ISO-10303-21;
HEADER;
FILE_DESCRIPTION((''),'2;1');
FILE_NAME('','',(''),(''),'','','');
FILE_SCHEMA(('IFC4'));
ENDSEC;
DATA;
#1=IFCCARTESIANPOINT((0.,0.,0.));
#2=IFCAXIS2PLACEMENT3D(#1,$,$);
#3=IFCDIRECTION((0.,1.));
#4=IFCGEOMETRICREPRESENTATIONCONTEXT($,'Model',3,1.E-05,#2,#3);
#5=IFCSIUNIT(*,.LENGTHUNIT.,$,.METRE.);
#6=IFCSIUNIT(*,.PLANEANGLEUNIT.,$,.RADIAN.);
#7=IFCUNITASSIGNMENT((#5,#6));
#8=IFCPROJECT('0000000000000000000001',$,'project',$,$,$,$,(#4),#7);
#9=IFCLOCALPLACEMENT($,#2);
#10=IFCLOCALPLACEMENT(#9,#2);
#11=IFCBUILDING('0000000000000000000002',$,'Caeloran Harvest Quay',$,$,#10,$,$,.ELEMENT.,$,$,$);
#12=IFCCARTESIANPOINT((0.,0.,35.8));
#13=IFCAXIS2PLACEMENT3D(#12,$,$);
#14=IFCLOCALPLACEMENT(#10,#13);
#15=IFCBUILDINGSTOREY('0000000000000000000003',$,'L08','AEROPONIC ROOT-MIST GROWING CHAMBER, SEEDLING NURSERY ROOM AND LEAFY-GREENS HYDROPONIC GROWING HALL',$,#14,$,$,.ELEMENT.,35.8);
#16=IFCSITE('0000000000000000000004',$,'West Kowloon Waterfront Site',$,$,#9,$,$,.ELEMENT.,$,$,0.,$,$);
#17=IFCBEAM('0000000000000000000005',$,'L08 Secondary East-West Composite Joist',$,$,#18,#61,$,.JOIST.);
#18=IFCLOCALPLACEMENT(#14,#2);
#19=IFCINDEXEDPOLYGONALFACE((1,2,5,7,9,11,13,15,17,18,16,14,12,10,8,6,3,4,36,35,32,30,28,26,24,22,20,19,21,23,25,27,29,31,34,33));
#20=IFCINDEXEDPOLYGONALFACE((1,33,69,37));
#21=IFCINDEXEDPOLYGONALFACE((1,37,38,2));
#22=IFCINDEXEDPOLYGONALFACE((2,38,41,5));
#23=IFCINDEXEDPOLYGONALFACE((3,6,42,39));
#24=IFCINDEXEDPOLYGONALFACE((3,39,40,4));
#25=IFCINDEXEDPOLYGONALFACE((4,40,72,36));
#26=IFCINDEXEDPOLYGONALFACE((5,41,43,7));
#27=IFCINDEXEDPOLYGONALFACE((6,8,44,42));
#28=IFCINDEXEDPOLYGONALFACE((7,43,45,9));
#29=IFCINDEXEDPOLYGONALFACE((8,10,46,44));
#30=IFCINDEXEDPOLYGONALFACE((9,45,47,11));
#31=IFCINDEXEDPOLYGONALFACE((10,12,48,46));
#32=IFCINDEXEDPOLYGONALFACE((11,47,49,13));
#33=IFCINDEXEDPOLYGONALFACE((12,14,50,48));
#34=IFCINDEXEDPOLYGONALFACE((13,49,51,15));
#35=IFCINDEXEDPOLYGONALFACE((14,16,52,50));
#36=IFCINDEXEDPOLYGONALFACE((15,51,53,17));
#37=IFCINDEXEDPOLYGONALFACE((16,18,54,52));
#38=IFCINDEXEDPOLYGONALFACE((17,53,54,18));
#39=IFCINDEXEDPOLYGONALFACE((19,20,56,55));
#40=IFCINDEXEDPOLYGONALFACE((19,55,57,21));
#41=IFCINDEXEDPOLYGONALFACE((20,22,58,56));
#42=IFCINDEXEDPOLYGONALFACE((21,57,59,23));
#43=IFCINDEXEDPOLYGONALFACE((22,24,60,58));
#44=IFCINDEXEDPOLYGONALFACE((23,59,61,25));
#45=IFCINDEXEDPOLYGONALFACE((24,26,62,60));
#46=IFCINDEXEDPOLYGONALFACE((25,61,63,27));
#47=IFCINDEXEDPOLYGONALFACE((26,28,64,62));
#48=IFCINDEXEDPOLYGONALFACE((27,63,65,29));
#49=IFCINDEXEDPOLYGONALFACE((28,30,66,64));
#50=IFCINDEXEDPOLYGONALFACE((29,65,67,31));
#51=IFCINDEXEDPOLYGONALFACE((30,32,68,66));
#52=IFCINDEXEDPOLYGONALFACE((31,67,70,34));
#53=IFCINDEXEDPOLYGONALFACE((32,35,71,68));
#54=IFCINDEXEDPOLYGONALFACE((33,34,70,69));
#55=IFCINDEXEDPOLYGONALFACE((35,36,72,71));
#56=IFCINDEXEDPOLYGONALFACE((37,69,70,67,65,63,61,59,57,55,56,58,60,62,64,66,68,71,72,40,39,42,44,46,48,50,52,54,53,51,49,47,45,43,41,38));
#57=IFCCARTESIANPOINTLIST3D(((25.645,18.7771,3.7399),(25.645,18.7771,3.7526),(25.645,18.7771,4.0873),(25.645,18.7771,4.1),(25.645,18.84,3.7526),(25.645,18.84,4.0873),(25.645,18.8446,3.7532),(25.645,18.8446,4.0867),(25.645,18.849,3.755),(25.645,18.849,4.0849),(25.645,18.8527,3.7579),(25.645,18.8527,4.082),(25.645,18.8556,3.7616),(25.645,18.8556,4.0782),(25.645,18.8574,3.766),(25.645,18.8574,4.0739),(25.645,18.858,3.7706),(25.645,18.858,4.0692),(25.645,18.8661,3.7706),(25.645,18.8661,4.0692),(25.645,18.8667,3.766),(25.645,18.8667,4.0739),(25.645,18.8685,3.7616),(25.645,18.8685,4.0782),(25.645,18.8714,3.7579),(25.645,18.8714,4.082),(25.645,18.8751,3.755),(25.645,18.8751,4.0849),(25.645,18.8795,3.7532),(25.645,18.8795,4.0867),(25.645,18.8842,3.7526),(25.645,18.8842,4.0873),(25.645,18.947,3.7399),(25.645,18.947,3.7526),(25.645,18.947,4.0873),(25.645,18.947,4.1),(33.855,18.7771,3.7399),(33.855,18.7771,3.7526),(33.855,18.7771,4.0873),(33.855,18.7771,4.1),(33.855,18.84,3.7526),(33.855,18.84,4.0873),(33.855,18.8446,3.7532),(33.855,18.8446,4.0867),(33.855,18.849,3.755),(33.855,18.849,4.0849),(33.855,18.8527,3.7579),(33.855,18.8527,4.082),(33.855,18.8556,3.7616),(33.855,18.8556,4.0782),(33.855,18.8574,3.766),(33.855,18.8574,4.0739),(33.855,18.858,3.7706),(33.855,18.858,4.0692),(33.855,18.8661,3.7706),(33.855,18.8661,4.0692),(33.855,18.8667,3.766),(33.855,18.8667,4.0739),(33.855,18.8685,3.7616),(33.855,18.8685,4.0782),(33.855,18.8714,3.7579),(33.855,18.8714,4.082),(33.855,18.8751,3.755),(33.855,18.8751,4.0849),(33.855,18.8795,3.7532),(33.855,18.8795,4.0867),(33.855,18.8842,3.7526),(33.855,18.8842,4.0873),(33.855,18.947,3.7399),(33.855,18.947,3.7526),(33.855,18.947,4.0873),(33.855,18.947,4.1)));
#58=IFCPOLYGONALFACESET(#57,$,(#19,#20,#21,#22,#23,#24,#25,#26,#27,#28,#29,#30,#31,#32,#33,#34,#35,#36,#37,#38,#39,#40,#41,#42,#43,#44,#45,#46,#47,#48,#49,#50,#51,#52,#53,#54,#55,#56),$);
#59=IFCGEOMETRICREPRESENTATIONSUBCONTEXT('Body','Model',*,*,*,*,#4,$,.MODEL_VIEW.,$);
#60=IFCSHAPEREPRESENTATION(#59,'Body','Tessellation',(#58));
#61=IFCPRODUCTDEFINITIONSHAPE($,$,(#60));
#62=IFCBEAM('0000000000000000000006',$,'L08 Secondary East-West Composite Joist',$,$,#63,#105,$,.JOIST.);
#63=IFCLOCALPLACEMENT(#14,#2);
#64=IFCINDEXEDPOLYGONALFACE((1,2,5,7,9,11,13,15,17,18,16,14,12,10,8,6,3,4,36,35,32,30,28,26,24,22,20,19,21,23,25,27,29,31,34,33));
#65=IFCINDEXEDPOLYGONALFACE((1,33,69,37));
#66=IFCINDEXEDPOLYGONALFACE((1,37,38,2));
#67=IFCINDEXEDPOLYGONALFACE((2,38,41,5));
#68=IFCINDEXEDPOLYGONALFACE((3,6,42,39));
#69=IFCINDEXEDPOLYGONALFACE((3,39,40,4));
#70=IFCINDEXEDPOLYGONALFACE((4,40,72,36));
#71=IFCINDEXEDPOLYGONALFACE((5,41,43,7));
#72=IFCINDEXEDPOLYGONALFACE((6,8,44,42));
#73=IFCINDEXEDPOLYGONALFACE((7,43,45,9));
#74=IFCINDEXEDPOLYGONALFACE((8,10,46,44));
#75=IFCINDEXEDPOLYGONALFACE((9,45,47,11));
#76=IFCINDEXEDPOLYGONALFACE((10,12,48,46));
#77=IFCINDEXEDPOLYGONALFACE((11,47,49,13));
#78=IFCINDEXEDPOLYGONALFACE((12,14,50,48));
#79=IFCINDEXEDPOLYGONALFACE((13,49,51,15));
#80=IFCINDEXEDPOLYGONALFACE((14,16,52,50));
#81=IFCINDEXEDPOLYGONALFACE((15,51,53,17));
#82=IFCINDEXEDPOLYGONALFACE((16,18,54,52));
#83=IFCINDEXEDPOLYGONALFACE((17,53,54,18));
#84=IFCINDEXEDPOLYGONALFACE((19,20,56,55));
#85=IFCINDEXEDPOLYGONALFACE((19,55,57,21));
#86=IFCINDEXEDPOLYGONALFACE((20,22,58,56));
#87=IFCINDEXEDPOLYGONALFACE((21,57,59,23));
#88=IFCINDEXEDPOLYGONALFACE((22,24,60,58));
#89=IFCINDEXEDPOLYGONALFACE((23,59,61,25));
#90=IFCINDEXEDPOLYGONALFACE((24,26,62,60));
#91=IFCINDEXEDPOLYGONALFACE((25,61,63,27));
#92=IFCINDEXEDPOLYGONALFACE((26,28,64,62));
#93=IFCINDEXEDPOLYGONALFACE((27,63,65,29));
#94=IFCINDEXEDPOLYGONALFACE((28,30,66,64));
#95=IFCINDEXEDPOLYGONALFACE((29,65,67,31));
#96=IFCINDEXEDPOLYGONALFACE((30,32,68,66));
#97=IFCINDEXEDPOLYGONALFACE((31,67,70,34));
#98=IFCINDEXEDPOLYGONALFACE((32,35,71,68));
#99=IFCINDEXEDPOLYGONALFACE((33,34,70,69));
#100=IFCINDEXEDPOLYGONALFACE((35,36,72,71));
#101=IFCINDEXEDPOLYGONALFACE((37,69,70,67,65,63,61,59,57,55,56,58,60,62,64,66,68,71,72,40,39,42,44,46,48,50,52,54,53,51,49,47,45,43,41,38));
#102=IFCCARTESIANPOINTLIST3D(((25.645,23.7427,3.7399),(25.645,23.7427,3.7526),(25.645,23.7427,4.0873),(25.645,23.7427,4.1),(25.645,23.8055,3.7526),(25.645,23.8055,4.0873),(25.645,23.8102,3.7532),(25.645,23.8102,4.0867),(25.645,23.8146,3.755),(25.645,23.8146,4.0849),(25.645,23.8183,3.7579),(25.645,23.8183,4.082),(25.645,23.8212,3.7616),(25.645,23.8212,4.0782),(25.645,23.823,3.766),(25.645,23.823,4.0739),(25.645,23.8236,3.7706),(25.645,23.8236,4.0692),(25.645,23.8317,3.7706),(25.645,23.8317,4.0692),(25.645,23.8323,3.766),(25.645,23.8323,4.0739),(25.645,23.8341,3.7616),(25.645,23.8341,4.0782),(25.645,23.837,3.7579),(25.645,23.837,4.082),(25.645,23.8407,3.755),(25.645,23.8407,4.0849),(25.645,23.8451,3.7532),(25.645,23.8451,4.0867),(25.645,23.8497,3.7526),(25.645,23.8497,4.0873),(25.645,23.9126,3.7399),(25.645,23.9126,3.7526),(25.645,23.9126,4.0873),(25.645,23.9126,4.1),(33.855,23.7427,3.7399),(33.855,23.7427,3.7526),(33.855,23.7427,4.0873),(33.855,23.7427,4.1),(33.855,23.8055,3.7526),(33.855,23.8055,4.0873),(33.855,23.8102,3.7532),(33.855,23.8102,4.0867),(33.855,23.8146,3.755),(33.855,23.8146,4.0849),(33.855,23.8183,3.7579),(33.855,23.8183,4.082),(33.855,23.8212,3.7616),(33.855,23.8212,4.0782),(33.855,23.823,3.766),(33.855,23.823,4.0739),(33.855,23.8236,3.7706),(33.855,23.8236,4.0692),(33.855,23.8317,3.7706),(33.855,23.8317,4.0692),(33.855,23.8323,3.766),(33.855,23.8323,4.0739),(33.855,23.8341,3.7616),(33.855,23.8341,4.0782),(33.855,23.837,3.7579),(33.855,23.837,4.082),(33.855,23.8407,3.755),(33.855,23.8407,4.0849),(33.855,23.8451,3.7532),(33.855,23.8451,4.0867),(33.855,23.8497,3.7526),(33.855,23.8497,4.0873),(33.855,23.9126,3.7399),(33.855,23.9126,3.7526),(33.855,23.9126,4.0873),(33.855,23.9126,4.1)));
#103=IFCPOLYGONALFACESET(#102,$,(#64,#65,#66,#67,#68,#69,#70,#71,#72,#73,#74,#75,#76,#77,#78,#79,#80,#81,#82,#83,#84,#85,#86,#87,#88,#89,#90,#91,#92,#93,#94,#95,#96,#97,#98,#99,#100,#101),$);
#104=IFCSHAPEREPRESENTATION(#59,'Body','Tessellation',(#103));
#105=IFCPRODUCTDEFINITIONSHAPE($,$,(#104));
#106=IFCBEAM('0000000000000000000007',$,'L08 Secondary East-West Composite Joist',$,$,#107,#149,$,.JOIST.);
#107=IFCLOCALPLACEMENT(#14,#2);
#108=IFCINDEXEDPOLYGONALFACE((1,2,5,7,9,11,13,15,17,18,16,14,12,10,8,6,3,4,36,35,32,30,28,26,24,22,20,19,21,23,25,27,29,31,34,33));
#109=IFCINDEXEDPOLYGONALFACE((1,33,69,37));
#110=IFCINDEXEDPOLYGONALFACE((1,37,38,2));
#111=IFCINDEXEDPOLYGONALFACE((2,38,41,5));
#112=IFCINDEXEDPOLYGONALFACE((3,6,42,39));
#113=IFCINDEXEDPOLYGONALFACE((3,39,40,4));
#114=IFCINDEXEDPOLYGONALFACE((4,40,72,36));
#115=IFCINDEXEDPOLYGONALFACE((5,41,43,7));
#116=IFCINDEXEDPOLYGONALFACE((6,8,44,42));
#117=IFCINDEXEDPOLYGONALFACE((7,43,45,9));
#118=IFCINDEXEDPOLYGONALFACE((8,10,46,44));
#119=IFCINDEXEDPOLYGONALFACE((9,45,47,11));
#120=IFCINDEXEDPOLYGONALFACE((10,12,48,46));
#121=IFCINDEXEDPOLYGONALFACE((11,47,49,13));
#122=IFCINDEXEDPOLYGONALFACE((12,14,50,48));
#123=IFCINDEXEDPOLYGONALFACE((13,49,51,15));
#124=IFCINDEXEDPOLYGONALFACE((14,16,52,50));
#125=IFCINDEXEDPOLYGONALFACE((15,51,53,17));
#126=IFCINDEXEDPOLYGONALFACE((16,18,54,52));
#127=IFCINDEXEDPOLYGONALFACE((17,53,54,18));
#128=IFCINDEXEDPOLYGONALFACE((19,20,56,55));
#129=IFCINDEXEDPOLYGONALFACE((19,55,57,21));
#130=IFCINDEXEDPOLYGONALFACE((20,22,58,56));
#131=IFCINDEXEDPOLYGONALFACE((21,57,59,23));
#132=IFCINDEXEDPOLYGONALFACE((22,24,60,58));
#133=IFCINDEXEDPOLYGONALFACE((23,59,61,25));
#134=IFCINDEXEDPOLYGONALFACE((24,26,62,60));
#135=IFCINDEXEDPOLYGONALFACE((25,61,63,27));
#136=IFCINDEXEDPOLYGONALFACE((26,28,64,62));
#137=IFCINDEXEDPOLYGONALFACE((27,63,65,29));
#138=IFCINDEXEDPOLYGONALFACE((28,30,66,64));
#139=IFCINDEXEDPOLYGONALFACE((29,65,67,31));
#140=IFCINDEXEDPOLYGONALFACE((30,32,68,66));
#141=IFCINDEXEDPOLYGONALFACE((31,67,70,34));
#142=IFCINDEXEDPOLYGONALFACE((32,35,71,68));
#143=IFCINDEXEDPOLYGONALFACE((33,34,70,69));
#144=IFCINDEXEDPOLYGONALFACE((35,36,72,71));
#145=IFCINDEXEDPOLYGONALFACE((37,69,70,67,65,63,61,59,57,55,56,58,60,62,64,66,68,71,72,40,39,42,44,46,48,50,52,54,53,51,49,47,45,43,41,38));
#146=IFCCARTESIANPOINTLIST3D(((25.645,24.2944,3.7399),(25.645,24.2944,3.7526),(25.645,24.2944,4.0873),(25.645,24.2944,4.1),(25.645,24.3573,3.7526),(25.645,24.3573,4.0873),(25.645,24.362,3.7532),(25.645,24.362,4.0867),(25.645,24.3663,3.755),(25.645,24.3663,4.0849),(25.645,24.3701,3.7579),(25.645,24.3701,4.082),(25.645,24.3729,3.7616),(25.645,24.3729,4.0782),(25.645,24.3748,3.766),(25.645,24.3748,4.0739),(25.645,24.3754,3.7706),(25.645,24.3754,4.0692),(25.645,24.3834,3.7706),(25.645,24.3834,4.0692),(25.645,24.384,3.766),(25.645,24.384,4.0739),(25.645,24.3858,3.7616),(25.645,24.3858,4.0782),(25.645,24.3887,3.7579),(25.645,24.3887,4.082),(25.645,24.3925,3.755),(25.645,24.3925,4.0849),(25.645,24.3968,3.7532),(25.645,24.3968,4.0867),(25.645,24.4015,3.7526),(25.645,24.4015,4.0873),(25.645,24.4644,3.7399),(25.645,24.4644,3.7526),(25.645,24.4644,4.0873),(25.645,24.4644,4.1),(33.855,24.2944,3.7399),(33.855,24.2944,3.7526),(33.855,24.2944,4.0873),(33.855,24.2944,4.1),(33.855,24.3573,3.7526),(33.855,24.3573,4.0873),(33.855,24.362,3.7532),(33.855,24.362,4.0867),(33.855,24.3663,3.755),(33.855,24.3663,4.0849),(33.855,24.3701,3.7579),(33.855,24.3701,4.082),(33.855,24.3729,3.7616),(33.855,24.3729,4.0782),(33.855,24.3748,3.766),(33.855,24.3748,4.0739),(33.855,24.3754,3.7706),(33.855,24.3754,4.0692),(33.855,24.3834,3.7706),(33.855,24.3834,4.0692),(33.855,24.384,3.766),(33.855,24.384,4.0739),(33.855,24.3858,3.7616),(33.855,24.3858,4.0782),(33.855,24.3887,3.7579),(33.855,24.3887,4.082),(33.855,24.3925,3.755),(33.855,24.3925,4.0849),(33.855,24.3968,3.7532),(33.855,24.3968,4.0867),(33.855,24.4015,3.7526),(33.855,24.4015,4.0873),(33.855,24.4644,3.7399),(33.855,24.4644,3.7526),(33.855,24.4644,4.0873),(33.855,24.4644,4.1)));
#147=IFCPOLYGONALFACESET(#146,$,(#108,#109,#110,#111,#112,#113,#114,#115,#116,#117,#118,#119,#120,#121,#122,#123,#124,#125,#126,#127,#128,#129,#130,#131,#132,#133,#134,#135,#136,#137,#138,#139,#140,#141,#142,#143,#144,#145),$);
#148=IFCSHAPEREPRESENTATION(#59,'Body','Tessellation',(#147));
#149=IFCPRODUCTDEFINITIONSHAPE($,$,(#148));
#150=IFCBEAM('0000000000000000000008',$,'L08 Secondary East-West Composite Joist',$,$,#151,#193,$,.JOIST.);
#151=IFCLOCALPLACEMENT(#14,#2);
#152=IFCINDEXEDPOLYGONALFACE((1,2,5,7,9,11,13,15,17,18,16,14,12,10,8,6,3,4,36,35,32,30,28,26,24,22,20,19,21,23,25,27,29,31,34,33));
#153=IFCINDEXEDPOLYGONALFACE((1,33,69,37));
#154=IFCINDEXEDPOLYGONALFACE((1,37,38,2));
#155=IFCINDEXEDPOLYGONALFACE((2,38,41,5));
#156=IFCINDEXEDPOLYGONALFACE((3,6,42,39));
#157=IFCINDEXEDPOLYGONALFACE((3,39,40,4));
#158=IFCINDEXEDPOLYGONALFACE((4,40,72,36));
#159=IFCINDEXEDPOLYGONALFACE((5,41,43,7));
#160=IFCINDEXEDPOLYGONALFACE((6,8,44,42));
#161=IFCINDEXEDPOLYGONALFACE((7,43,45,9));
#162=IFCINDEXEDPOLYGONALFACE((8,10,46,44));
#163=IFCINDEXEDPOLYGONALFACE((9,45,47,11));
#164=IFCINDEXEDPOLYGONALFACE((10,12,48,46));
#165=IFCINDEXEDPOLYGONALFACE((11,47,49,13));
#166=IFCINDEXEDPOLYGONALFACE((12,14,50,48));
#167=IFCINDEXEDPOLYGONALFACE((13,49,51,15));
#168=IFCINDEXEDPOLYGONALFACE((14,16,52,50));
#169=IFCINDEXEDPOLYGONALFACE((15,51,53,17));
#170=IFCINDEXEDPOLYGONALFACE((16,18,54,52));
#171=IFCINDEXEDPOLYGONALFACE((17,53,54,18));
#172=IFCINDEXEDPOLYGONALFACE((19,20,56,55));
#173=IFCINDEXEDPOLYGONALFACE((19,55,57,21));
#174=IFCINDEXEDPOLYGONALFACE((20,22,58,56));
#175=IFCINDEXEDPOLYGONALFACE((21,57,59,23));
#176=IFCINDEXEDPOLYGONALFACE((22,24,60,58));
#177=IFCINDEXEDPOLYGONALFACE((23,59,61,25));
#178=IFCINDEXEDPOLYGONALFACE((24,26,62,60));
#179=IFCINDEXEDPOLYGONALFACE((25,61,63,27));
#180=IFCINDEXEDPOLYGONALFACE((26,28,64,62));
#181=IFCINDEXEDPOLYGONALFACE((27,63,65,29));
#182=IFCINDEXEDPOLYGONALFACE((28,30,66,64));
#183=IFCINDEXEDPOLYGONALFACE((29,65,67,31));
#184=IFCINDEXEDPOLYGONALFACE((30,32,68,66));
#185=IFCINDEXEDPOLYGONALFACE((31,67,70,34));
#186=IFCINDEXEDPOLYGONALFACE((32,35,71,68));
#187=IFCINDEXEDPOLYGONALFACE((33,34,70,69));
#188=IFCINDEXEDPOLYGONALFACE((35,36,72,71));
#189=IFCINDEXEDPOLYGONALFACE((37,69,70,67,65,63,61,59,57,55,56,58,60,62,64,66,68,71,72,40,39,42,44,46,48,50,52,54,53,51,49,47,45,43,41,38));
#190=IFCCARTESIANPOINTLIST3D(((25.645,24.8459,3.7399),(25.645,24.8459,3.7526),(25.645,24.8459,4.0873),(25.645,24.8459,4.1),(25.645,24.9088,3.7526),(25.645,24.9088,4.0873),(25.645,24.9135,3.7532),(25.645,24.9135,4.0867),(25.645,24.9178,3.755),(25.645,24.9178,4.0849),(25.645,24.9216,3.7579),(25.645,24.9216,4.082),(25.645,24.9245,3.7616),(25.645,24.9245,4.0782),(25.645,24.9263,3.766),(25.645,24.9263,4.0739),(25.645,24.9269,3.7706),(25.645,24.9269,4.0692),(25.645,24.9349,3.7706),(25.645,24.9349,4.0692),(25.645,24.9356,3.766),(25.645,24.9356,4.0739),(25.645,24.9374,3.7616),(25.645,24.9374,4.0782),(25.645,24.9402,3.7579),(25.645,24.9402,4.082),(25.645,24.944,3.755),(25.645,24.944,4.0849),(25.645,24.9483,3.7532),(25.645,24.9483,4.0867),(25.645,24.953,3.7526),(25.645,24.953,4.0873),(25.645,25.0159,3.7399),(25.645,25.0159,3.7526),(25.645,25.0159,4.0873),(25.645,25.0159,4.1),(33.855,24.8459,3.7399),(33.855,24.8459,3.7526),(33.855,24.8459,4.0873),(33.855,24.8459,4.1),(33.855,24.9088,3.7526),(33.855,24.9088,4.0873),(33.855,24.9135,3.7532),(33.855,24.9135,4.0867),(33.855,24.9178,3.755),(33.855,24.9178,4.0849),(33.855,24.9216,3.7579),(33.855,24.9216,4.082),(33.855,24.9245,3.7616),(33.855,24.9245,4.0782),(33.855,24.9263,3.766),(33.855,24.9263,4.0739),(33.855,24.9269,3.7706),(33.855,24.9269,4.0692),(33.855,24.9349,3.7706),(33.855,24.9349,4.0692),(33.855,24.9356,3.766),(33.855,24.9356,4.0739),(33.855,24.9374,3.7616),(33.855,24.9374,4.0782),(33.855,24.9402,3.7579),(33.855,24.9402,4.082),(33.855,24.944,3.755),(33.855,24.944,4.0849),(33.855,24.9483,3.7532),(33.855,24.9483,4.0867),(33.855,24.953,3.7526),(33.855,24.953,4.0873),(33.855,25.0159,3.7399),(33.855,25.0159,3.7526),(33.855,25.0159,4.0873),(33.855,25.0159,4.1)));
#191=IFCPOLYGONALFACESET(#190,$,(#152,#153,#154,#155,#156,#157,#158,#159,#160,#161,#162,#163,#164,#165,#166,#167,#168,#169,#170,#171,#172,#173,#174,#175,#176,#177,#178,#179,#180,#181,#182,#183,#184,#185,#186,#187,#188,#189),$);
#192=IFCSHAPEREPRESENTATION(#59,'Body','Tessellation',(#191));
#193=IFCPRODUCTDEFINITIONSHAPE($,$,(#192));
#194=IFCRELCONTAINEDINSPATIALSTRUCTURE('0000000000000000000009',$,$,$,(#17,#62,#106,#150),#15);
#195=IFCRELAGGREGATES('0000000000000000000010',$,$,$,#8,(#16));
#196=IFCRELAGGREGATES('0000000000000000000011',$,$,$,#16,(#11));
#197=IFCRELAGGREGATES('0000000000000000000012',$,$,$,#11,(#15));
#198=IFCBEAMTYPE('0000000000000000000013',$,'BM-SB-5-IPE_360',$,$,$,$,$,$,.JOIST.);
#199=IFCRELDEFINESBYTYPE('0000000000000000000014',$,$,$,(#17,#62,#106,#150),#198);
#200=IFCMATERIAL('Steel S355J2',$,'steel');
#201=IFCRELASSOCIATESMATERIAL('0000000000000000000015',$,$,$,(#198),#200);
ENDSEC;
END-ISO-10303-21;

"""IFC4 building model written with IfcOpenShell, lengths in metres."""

from ifc_helpers import new_model, si_unit, direction, frame, origin, origin_2d, place, context, subcontext, project, spatial, i_section, extrude, material, material_profile, profile_set, type_object, element, save


model = new_model("IFC4")

# Units and contexts
model_context = context("Model", 3, precision=1e-05, world=origin(), true_north=direction((0.0, 1.0)))
body_context = subcontext(model_context, "Body", "Model", "MODEL_VIEW")
ifc_project = project(units=[si_unit("LENGTHUNIT", "METRE"), si_unit("PLANEANGLEUNIT", "RADIAN")], contexts=[model_context])

# Site, building, storey
site_placement = place(None, origin())
site = spatial("IfcSite", under=ifc_project, at=site_placement, Name="West Kowloon Waterfront Site", CompositionType="ELEMENT", RefElevation=0.0)
building_placement = place(site_placement, origin())
building = spatial("IfcBuilding", under=site, at=building_placement, Name="Caeloran Harvest Quay", CompositionType="ELEMENT")
storey_placement = place(building_placement, frame((0.0, 0.0, 35.8)))
storey = spatial("IfcBuildingStorey", under=building, at=storey_placement, Name="L08", Description="AEROPONIC ROOT-MIST GROWING CHAMBER, SEEDLING NURSERY ROOM AND LEAFY-GREENS HYDROPONIC GROWING HALL", CompositionType="ELEMENT", Elevation=35.8)

# Beams
ifc_material_1 = material(Name="Steel S355J2", Category="steel")
ifc_material_profile_1 = material_profile(ifc_material_1, i_section(OverallWidth=0.1699, OverallDepth=0.3601, WebThickness=0.0081, FlangeThickness=0.0127, FilletRadius=0.0181, at=origin_2d()), Name="IPE 360")
ifc_profile_set_1 = profile_set([ifc_material_profile_1], Name="Steel S355J2")
beam_type_1 = type_object("IfcBeamType", Name="BM-SB-5-IPE_360", PredefinedType="JOIST", material=ifc_profile_set_1)
for number, where, z_axis, x_axis, name in (
    (1, (25.645, 18.8621, 3.9199), (1.0, 0.0, 0.0), (0.0, 1.0, 0.0), "L08 Secondary East-West Composite Joist"),
    (2, (25.645, 23.8276, 3.9199), (1.0, 0.0, 0.0), (0.0, 1.0, 0.0), "L08 Secondary East-West Composite Joist"),
    (3, (25.645, 24.3794, 3.9199), (1.0, 0.0, 0.0), (0.0, 1.0, 0.0), "L08 Secondary East-West Composite Joist"),
    (4, (25.645, 24.9309, 3.9199), (1.0, 0.0, 0.0), (0.0, 1.0, 0.0), "L08 Secondary East-West Composite Joist"),
):
    element("IfcBeam", number, at=place(storey_placement, frame(where, z_axis=z_axis, x_axis=x_axis)), inside=storey, type_object=beam_type_1, Name=name, PredefinedType="JOIST", context=body_context, shape_type="SweptSolid", body=[
        extrude(i_section(OverallWidth=0.1699, OverallDepth=0.3601, WebThickness=0.0081, FlangeThickness=0.0127, FilletRadius=0.0181, at=origin_2d()), origin(), (0.0, 0.0, 1.0), 8.21),
    ])

save(model, "model.ifc")
